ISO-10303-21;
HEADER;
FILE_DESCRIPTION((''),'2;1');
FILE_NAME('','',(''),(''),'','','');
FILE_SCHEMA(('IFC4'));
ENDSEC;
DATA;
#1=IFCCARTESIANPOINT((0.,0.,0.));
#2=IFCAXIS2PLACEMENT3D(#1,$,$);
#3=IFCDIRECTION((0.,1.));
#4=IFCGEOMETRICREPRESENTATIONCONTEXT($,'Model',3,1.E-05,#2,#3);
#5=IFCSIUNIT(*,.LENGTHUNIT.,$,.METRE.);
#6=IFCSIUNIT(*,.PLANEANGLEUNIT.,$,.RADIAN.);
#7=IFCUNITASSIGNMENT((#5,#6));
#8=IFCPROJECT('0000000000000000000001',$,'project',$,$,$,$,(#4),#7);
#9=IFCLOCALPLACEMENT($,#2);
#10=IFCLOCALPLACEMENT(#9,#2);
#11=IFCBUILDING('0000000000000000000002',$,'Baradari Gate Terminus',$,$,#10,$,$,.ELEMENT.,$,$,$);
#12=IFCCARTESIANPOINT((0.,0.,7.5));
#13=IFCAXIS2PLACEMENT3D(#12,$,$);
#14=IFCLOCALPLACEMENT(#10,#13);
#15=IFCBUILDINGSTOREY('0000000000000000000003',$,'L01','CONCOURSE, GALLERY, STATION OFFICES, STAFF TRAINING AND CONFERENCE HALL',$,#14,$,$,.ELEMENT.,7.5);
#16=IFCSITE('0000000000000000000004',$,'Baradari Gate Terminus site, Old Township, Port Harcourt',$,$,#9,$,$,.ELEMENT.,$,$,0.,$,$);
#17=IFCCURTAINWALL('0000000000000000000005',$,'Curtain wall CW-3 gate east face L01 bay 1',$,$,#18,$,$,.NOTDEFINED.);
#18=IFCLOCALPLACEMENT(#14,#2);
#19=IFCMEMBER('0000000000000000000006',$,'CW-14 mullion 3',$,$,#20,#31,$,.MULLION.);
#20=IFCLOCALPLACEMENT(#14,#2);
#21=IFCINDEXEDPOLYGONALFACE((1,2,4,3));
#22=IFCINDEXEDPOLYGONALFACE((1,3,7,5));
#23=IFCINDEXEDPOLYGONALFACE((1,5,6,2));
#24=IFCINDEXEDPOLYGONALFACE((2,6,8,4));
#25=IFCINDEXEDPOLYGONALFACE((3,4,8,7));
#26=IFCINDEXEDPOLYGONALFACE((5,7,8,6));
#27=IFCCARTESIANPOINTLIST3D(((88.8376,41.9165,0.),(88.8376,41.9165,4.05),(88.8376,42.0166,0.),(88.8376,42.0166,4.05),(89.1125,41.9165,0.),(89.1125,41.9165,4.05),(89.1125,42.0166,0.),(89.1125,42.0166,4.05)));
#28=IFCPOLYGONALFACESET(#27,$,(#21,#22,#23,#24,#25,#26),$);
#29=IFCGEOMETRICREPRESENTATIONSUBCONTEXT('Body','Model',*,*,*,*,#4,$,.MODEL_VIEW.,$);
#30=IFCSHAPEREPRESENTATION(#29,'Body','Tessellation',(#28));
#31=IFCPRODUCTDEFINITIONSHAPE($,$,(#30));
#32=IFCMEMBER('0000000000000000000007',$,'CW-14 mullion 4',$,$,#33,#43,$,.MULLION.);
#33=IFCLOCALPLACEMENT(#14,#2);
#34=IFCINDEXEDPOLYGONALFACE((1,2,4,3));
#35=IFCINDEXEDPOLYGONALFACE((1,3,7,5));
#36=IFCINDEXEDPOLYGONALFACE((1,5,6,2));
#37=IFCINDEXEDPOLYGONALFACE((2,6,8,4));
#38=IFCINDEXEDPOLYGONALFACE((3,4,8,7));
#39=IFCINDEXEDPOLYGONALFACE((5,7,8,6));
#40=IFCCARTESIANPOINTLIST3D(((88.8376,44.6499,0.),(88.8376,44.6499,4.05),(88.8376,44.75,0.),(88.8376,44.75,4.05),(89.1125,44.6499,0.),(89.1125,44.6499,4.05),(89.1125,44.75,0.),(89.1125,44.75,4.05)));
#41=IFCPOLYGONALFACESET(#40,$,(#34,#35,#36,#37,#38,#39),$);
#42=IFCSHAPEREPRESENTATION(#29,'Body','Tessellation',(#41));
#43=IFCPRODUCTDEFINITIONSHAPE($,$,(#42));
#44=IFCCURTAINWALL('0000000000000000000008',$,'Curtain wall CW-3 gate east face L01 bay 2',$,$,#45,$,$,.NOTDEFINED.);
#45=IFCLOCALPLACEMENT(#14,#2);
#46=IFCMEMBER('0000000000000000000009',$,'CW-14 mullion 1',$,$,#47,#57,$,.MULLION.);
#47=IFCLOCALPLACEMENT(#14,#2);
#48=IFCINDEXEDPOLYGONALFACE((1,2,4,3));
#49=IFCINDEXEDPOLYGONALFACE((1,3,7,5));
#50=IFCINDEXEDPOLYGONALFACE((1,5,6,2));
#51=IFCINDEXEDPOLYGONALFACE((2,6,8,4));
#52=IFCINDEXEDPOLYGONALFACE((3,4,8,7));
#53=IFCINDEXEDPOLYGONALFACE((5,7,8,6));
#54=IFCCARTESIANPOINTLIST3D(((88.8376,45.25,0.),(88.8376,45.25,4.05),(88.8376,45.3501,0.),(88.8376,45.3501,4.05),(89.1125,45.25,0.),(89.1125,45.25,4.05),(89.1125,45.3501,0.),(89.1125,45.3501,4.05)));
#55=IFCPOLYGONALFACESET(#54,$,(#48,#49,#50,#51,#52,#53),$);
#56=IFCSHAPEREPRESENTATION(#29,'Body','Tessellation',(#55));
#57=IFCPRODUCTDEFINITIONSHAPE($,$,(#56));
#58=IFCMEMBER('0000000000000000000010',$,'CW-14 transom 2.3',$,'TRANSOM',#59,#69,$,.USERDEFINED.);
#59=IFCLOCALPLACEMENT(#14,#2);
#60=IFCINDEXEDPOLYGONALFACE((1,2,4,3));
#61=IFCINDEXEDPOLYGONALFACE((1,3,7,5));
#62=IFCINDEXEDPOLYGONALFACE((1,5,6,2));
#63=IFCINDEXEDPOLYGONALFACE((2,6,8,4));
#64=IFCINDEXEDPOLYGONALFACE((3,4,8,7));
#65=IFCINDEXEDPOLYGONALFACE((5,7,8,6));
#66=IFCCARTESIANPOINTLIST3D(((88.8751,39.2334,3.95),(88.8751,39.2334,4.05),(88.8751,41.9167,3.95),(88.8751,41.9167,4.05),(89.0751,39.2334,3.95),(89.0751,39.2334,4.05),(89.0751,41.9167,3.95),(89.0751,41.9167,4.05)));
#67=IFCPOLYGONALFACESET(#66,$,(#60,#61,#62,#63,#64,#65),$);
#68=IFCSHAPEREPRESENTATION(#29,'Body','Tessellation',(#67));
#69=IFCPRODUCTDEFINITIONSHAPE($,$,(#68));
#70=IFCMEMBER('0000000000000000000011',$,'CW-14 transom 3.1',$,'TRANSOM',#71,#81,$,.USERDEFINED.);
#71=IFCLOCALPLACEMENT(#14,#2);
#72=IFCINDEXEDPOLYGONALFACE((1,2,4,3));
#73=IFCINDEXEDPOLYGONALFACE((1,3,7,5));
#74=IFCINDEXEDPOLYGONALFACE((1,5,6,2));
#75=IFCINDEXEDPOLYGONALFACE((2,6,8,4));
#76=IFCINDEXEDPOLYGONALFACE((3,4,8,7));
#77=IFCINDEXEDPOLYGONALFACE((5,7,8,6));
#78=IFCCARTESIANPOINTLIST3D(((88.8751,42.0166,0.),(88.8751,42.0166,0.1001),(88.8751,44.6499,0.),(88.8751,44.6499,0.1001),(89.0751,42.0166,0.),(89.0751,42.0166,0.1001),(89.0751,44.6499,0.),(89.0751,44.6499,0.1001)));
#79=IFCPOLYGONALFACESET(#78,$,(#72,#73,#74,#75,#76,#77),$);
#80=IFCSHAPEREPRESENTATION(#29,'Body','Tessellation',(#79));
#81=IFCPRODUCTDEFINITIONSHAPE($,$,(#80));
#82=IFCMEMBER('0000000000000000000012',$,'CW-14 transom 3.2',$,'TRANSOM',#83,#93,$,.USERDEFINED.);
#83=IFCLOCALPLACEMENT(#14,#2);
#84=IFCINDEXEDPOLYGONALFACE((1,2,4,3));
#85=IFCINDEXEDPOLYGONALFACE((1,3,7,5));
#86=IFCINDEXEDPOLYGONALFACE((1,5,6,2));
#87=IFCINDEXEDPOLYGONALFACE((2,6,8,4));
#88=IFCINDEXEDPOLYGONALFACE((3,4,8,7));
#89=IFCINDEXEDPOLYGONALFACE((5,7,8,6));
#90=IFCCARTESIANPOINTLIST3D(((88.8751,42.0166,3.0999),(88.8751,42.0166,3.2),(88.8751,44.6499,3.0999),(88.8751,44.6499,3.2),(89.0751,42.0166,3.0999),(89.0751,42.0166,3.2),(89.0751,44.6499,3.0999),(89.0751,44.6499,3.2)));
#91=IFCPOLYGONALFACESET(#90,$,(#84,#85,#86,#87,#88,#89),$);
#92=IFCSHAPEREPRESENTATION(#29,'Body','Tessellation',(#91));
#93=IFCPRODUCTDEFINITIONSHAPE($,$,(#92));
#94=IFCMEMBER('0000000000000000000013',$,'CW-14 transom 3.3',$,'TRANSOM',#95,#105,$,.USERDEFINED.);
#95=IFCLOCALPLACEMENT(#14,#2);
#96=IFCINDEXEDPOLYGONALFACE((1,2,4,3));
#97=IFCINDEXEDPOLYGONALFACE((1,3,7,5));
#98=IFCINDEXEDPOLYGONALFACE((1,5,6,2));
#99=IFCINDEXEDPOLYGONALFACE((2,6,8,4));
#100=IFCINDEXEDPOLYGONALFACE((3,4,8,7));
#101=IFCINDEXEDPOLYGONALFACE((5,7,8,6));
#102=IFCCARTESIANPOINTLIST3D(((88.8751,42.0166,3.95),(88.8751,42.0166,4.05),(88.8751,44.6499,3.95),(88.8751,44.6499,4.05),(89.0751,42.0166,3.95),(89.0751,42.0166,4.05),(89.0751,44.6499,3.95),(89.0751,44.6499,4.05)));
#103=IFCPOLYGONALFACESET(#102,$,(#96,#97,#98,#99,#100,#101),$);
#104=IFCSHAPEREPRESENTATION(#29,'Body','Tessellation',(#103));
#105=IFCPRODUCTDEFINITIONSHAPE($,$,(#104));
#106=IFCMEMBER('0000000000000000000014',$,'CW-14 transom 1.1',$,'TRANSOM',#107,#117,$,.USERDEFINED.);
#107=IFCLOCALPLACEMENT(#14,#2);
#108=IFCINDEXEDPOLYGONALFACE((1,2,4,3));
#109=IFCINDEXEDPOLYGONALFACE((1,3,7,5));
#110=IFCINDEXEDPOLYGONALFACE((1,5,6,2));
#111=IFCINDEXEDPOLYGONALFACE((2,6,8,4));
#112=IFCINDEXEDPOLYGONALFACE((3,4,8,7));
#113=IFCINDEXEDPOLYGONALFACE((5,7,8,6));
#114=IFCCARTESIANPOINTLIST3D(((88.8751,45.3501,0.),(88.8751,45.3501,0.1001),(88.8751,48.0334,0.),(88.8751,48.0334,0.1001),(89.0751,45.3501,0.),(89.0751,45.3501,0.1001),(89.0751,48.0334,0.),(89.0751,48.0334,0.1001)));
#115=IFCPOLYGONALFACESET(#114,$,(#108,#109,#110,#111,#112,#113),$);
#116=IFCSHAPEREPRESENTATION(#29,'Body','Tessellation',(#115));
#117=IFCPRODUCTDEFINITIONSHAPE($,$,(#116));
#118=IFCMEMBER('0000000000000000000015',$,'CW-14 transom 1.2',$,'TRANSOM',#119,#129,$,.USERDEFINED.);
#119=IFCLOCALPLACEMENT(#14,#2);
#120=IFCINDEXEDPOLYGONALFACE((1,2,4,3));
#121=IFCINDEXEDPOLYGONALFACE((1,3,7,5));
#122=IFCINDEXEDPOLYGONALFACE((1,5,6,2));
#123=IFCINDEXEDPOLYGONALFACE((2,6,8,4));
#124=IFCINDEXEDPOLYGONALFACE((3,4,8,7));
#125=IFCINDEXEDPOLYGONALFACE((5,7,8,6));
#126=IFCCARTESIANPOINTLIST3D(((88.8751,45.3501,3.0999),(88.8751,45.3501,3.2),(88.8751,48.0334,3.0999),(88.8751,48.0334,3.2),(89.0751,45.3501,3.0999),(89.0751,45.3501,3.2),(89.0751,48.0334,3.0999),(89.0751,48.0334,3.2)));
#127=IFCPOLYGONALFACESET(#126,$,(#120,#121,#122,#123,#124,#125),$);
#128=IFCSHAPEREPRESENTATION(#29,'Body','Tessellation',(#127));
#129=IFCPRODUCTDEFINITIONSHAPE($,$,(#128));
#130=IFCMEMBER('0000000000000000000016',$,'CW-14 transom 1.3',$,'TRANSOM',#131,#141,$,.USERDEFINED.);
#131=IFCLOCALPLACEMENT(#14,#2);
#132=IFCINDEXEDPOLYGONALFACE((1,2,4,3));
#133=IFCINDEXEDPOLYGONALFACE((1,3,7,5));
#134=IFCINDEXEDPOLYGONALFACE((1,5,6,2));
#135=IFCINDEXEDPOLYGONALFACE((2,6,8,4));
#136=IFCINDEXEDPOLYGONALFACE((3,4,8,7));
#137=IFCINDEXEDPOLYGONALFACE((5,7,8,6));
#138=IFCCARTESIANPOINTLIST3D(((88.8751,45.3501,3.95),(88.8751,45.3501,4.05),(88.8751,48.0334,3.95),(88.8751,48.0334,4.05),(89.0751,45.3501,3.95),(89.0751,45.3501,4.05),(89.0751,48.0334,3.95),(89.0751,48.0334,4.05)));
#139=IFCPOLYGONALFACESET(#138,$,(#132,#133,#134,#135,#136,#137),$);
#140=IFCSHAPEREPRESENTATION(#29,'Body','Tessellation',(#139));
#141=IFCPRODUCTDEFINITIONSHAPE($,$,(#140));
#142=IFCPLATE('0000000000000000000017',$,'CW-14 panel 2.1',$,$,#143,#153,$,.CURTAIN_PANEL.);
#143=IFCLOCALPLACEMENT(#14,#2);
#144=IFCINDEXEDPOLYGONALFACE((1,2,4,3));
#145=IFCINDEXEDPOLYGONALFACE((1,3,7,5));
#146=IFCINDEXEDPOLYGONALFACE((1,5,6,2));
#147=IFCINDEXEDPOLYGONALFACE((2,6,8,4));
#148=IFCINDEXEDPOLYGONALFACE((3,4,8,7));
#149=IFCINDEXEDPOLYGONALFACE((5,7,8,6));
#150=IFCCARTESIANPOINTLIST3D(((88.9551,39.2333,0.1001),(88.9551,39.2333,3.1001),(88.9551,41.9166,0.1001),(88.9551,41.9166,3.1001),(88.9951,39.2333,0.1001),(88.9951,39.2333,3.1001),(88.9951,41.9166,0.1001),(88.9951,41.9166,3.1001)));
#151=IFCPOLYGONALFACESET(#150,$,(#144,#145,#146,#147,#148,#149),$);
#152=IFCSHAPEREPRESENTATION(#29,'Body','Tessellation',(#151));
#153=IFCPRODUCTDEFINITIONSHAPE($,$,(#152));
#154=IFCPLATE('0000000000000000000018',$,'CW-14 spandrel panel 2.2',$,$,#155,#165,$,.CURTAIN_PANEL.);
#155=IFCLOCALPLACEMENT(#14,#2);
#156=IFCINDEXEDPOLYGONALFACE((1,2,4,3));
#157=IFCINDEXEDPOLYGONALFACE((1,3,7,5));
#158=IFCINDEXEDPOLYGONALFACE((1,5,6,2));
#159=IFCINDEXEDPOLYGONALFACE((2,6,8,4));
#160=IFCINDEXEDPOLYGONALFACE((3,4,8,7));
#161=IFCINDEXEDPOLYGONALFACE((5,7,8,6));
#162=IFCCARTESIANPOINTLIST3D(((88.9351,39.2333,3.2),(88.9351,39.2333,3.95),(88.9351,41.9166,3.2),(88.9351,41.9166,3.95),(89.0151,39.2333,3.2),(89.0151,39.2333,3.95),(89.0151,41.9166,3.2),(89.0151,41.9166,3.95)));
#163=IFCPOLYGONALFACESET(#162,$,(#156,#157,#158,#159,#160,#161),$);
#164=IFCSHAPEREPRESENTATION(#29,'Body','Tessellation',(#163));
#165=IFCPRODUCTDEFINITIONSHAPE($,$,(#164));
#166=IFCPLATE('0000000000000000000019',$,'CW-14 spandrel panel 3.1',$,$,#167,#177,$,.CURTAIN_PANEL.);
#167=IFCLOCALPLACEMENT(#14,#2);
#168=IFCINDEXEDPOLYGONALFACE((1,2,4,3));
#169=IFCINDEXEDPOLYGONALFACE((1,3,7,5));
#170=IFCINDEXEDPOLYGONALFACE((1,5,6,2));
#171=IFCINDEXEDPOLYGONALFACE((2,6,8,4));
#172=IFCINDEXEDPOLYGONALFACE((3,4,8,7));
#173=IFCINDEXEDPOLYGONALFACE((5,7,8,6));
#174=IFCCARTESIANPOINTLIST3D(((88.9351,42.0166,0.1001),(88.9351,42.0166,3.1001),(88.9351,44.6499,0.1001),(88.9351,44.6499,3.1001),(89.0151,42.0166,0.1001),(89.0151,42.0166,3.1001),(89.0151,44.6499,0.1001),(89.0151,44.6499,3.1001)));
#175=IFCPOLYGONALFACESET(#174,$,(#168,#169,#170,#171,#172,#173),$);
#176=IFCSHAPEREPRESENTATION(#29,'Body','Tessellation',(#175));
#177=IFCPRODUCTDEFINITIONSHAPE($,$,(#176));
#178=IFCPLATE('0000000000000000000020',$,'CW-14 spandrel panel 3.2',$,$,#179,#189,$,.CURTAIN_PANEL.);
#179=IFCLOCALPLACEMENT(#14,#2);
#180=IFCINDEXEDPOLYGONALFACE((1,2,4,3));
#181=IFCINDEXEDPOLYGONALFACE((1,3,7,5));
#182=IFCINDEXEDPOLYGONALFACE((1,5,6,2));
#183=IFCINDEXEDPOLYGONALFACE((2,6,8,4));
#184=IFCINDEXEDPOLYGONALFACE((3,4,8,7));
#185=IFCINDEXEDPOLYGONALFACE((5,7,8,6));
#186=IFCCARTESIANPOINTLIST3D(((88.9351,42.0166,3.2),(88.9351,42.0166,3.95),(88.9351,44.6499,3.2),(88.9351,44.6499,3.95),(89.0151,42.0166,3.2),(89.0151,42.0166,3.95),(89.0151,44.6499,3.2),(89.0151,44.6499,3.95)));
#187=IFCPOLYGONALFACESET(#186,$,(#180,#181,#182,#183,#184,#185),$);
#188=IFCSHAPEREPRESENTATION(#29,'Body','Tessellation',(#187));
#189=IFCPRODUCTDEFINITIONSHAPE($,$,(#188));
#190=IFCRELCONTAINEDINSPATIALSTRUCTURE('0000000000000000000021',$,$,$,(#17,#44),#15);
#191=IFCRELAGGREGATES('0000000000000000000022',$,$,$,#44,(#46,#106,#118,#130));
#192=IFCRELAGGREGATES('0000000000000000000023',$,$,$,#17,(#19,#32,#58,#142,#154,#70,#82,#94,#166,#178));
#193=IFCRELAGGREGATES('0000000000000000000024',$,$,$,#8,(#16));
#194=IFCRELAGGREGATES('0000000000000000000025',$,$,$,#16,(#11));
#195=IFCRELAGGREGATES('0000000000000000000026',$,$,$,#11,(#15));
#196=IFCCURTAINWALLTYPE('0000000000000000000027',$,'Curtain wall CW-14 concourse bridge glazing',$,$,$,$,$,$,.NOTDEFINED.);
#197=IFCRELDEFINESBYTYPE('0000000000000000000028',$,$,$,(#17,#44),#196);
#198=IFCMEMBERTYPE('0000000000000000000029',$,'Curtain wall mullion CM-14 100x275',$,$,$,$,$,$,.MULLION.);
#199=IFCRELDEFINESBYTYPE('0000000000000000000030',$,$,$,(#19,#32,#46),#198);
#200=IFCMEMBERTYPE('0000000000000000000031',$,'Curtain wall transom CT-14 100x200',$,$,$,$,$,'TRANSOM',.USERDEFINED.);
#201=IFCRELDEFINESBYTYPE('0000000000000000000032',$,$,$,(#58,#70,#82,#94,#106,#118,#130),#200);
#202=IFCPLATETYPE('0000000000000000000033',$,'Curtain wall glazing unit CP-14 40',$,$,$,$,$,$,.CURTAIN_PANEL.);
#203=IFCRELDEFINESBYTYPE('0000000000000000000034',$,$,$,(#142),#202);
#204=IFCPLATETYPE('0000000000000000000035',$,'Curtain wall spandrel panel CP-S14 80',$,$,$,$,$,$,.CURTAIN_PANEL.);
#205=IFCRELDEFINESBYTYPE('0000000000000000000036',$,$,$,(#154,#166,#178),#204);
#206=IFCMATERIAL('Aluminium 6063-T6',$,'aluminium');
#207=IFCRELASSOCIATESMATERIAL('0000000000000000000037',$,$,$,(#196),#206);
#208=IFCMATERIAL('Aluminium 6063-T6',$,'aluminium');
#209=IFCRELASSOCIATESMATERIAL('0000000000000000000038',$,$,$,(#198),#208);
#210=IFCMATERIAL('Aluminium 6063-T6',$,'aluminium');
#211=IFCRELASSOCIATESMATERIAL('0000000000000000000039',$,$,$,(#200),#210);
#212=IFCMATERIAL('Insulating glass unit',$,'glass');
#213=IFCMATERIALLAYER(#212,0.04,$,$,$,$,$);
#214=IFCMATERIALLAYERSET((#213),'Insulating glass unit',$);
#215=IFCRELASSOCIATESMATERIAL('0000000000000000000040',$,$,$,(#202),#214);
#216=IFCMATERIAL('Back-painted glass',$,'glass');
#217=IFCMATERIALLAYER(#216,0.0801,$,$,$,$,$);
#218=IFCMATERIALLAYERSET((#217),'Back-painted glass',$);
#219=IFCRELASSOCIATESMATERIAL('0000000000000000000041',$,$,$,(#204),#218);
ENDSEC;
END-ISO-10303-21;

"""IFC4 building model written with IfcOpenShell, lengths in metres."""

from ifc_helpers import new_model, si_unit, direction, frame, origin, origin_2d, place, context, subcontext, project, spatial, rectangle, extrude, material, layer, layer_set, material_profile, profile_set, type_object, element, aggregate, save


model = new_model("IFC4")

# Units and contexts
model_context = context("Model", 3, precision=1e-05, world=origin(), true_north=direction((0.0, 1.0)))
body_context = subcontext(model_context, "Body", "Model", "MODEL_VIEW")
ifc_project = project(units=[si_unit("LENGTHUNIT", "METRE"), si_unit("PLANEANGLEUNIT", "RADIAN")], contexts=[model_context])

# Site, building, storey
site_placement = place(None, origin())
site = spatial("IfcSite", under=ifc_project, at=site_placement, Name="Baradari Gate Terminus site, Old Township, Port Harcourt", CompositionType="ELEMENT", RefElevation=0.0)
building_placement = place(site_placement, origin())
building = spatial("IfcBuilding", under=site, at=building_placement, Name="Baradari Gate Terminus", CompositionType="ELEMENT")
storey_placement = place(building_placement, frame((0.0, 0.0, 7.5)))
storey = spatial("IfcBuildingStorey", under=building, at=storey_placement, Name="L01", Description="CONCOURSE, GALLERY, STATION OFFICES, STAFF TRAINING AND CONFERENCE HALL", CompositionType="ELEMENT", Elevation=7.5)

# Curtain wall, members
ifc_material_1 = material(Name="Aluminium 6063-T6", Category="aluminium")
curtain_wall_type = type_object("IfcCurtainWallType", Name="Curtain wall CW-14 concourse bridge glazing", PredefinedType="NOTDEFINED", material=ifc_material_1)
curtain_wall_1_placement = place(storey_placement, origin())
curtain_wall_1 = element("IfcCurtainWall", 1, at=curtain_wall_1_placement, inside=storey, type_object=curtain_wall_type, Name="Curtain wall CW-3 gate east face L01 bay 1", PredefinedType="NOTDEFINED")
ifc_material_2 = material(Name="Aluminium 6063-T6", Category="aluminium")
ifc_material_profile_1 = material_profile(ifc_material_2, rectangle(XDim=0.2749, YDim=0.1001, at=origin_2d()), Name="CM-14 100X275")
ifc_profile_set_1 = profile_set([ifc_material_profile_1], Name="Aluminium 6063-T6")
member_type_1 = type_object("IfcMemberType", Name="Curtain wall mullion CM-14 100x275", PredefinedType="MULLION", material=ifc_profile_set_1)
member_1_placement = place(storey_placement, frame((88.9751, 41.9666, 0.0), z_axis=(0.0, 0.0, 1.0), x_axis=(-1.0, 0.0, 0.0)))
member_1 = element("IfcMember", 2, at=member_1_placement, type_object=member_type_1, Name="CW-14 mullion 3", PredefinedType="MULLION", context=body_context, shape_type="SweptSolid", body=[
    extrude(rectangle(XDim=0.2749, YDim=0.1001, at=origin_2d()), origin(), (0.0, 0.0, 1.0), 4.05),
])
member_2_placement = place(storey_placement, frame((88.9751, 44.7, 0.0), z_axis=(0.0, 0.0, 1.0), x_axis=(-1.0, 0.0, 0.0)))
member_2 = element("IfcMember", 3, at=member_2_placement, type_object=member_type_1, Name="CW-14 mullion 4", PredefinedType="MULLION", context=body_context, shape_type="SweptSolid", body=[
    extrude(rectangle(XDim=0.2749, YDim=0.1001, at=origin_2d()), origin(), (0.0, 0.0, 1.0), 4.05),
])

# Curtain wall, member
curtain_wall_2_placement = place(storey_placement, origin())
curtain_wall_2 = element("IfcCurtainWall", 4, at=curtain_wall_2_placement, inside=storey, type_object=curtain_wall_type, Name="Curtain wall CW-3 gate east face L01 bay 2", PredefinedType="NOTDEFINED")
member_3_placement = place(storey_placement, frame((88.9751, 45.3, 0.0), z_axis=(0.0, 0.0, 1.0), x_axis=(-1.0, 0.0, 0.0)))
member_3 = element("IfcMember", 5, at=member_3_placement, type_object=member_type_1, Name="CW-14 mullion 1", PredefinedType="MULLION", context=body_context, shape_type="SweptSolid", body=[
    extrude(rectangle(XDim=0.2749, YDim=0.1001, at=origin_2d()), origin(), (0.0, 0.0, 1.0), 4.05),
])

# Members
ifc_material_3 = material(Name="Aluminium 6063-T6", Category="aluminium")
ifc_material_profile_2 = material_profile(ifc_material_3, rectangle(XDim=0.2, YDim=0.1001, at=origin_2d()), Name="CT-14 100X200")
ifc_profile_set_2 = profile_set([ifc_material_profile_2], Name="Aluminium 6063-T6")
member_type_2 = type_object("IfcMemberType", Name="Curtain wall transom CT-14 100x200", ElementType="TRANSOM", PredefinedType="USERDEFINED", material=ifc_profile_set_2)
member_4_placement = place(storey_placement, frame((88.9751, 39.2334, 4.0), z_axis=(0.0, 1.0, 0.0), x_axis=(-1.0, 0.0, 0.0)))
member_4 = element("IfcMember", 6, at=member_4_placement, type_object=member_type_2, Name="CW-14 transom 2.3", ObjectType="TRANSOM", PredefinedType="USERDEFINED", context=body_context, shape_type="SweptSolid", body=[
    extrude(rectangle(XDim=0.2, YDim=0.1001, at=origin_2d()), origin(), (0.0, 0.0, 1.0), 2.6833),
])
member_5_placement = place(storey_placement, frame((88.9751, 42.0166, 0.05), z_axis=(0.0, 1.0, 0.0), x_axis=(-1.0, 0.0, 0.0)))
member_5 = element("IfcMember", 7, at=member_5_placement, type_object=member_type_2, Name="CW-14 transom 3.1", ObjectType="TRANSOM", PredefinedType="USERDEFINED", context=body_context, shape_type="SweptSolid", body=[
    extrude(rectangle(XDim=0.2, YDim=0.1001, at=origin_2d()), origin(), (0.0, 0.0, 1.0), 2.6333),
])
member_6_placement = place(storey_placement, frame((88.9751, 42.0166, 3.1499), z_axis=(0.0, 1.0, 0.0), x_axis=(-1.0, 0.0, 0.0)))
member_6 = element("IfcMember", 8, at=member_6_placement, type_object=member_type_2, Name="CW-14 transom 3.2", ObjectType="TRANSOM", PredefinedType="USERDEFINED", context=body_context, shape_type="SweptSolid", body=[
    extrude(rectangle(XDim=0.2, YDim=0.1001, at=origin_2d()), origin(), (0.0, 0.0, 1.0), 2.6333),
])
member_7_placement = place(storey_placement, frame((88.9751, 42.0166, 4.0), z_axis=(0.0, 1.0, 0.0), x_axis=(-1.0, 0.0, 0.0)))
member_7 = element("IfcMember", 9, at=member_7_placement, type_object=member_type_2, Name="CW-14 transom 3.3", ObjectType="TRANSOM", PredefinedType="USERDEFINED", context=body_context, shape_type="SweptSolid", body=[
    extrude(rectangle(XDim=0.2, YDim=0.1001, at=origin_2d()), origin(), (0.0, 0.0, 1.0), 2.6333),
])
member_8_placement = place(storey_placement, frame((88.9751, 45.3501, 0.05), z_axis=(0.0, 1.0, 0.0), x_axis=(-1.0, 0.0, 0.0)))
member_8 = element("IfcMember", 10, at=member_8_placement, type_object=member_type_2, Name="CW-14 transom 1.1", ObjectType="TRANSOM", PredefinedType="USERDEFINED", context=body_context, shape_type="SweptSolid", body=[
    extrude(rectangle(XDim=0.2, YDim=0.1001, at=origin_2d()), origin(), (0.0, 0.0, 1.0), 2.6833),
])
member_9_placement = place(storey_placement, frame((88.9751, 45.3501, 3.1499), z_axis=(0.0, 1.0, 0.0), x_axis=(-1.0, 0.0, 0.0)))
member_9 = element("IfcMember", 11, at=member_9_placement, type_object=member_type_2, Name="CW-14 transom 1.2", ObjectType="TRANSOM", PredefinedType="USERDEFINED", context=body_context, shape_type="SweptSolid", body=[
    extrude(rectangle(XDim=0.2, YDim=0.1001, at=origin_2d()), origin(), (0.0, 0.0, 1.0), 2.6833),
])
member_10_placement = place(storey_placement, frame((88.9751, 45.3501, 4.0), z_axis=(0.0, 1.0, 0.0), x_axis=(-1.0, 0.0, 0.0)))
member_10 = element("IfcMember", 12, at=member_10_placement, type_object=member_type_2, Name="CW-14 transom 1.3", ObjectType="TRANSOM", PredefinedType="USERDEFINED", context=body_context, shape_type="SweptSolid", body=[
    extrude(rectangle(XDim=0.2, YDim=0.1001, at=origin_2d()), origin(), (0.0, 0.0, 1.0), 2.6833),
])
aggregate(curtain_wall_2, [member_3, member_8, member_9, member_10])

# Plates
ifc_material_4 = material(Name="Insulating glass unit", Category="glass")
ifc_layer_1 = layer(ifc_material_4, 0.04)
ifc_layer_set_1 = layer_set([ifc_layer_1], Name="Insulating glass unit")
plate_type_1 = type_object("IfcPlateType", Name="Curtain wall glazing unit CP-14 40", PredefinedType="CURTAIN_PANEL", material=ifc_layer_set_1)
plate_1_placement = place(storey_placement, frame((88.9751, 40.575, 0.1001), z_axis=(0.0, 0.0, 1.0), x_axis=(0.0, 1.0, 0.0)))
plate_1 = element("IfcPlate", 13, at=plate_1_placement, type_object=plate_type_1, Name="CW-14 panel 2.1", PredefinedType="CURTAIN_PANEL", context=body_context, shape_type="SweptSolid", body=[
    extrude(rectangle(XDim=2.6833, YDim=0.04, at=origin_2d()), origin(), (0.0, 0.0, 1.0), 3.0),
])
ifc_material_5 = material(Name="Back-painted glass", Category="glass")
ifc_layer_2 = layer(ifc_material_5, 0.0801)
ifc_layer_set_2 = layer_set([ifc_layer_2], Name="Back-painted glass")
plate_type_2 = type_object("IfcPlateType", Name="Curtain wall spandrel panel CP-S14 80", PredefinedType="CURTAIN_PANEL", material=ifc_layer_set_2)
plate_2_placement = place(storey_placement, frame((88.9751, 40.575, 3.2), z_axis=(0.0, 0.0, 1.0), x_axis=(0.0, 1.0, 0.0)))
plate_2 = element("IfcPlate", 14, at=plate_2_placement, type_object=plate_type_2, Name="CW-14 spandrel panel 2.2", PredefinedType="CURTAIN_PANEL", context=body_context, shape_type="SweptSolid", body=[
    extrude(rectangle(XDim=2.6833, YDim=0.0801, at=origin_2d()), origin(), (0.0, 0.0, 1.0), 0.75),
])
plate_3_placement = place(storey_placement, frame((88.9751, 43.3333, 0.1001), z_axis=(0.0, 0.0, 1.0), x_axis=(0.0, 1.0, 0.0)))
plate_3 = element("IfcPlate", 15, at=plate_3_placement, type_object=plate_type_2, Name="CW-14 spandrel panel 3.1", PredefinedType="CURTAIN_PANEL", context=body_context, shape_type="SweptSolid", body=[
    extrude(rectangle(XDim=2.6333, YDim=0.0801, at=origin_2d()), origin(), (0.0, 0.0, 1.0), 3.0),
])
plate_4_placement = place(storey_placement, frame((88.9751, 43.3333, 3.2), z_axis=(0.0, 0.0, 1.0), x_axis=(0.0, 1.0, 0.0)))
plate_4 = element("IfcPlate", 16, at=plate_4_placement, type_object=plate_type_2, Name="CW-14 spandrel panel 3.2", PredefinedType="CURTAIN_PANEL", context=body_context, shape_type="SweptSolid", body=[
    extrude(rectangle(XDim=2.6333, YDim=0.0801, at=origin_2d()), origin(), (0.0, 0.0, 1.0), 0.75),
])
aggregate(curtain_wall_1, [member_1, member_2, member_4, plate_1, plate_2, member_5, member_6, member_7, plate_3, plate_4])

save(model, "model.ifc")
